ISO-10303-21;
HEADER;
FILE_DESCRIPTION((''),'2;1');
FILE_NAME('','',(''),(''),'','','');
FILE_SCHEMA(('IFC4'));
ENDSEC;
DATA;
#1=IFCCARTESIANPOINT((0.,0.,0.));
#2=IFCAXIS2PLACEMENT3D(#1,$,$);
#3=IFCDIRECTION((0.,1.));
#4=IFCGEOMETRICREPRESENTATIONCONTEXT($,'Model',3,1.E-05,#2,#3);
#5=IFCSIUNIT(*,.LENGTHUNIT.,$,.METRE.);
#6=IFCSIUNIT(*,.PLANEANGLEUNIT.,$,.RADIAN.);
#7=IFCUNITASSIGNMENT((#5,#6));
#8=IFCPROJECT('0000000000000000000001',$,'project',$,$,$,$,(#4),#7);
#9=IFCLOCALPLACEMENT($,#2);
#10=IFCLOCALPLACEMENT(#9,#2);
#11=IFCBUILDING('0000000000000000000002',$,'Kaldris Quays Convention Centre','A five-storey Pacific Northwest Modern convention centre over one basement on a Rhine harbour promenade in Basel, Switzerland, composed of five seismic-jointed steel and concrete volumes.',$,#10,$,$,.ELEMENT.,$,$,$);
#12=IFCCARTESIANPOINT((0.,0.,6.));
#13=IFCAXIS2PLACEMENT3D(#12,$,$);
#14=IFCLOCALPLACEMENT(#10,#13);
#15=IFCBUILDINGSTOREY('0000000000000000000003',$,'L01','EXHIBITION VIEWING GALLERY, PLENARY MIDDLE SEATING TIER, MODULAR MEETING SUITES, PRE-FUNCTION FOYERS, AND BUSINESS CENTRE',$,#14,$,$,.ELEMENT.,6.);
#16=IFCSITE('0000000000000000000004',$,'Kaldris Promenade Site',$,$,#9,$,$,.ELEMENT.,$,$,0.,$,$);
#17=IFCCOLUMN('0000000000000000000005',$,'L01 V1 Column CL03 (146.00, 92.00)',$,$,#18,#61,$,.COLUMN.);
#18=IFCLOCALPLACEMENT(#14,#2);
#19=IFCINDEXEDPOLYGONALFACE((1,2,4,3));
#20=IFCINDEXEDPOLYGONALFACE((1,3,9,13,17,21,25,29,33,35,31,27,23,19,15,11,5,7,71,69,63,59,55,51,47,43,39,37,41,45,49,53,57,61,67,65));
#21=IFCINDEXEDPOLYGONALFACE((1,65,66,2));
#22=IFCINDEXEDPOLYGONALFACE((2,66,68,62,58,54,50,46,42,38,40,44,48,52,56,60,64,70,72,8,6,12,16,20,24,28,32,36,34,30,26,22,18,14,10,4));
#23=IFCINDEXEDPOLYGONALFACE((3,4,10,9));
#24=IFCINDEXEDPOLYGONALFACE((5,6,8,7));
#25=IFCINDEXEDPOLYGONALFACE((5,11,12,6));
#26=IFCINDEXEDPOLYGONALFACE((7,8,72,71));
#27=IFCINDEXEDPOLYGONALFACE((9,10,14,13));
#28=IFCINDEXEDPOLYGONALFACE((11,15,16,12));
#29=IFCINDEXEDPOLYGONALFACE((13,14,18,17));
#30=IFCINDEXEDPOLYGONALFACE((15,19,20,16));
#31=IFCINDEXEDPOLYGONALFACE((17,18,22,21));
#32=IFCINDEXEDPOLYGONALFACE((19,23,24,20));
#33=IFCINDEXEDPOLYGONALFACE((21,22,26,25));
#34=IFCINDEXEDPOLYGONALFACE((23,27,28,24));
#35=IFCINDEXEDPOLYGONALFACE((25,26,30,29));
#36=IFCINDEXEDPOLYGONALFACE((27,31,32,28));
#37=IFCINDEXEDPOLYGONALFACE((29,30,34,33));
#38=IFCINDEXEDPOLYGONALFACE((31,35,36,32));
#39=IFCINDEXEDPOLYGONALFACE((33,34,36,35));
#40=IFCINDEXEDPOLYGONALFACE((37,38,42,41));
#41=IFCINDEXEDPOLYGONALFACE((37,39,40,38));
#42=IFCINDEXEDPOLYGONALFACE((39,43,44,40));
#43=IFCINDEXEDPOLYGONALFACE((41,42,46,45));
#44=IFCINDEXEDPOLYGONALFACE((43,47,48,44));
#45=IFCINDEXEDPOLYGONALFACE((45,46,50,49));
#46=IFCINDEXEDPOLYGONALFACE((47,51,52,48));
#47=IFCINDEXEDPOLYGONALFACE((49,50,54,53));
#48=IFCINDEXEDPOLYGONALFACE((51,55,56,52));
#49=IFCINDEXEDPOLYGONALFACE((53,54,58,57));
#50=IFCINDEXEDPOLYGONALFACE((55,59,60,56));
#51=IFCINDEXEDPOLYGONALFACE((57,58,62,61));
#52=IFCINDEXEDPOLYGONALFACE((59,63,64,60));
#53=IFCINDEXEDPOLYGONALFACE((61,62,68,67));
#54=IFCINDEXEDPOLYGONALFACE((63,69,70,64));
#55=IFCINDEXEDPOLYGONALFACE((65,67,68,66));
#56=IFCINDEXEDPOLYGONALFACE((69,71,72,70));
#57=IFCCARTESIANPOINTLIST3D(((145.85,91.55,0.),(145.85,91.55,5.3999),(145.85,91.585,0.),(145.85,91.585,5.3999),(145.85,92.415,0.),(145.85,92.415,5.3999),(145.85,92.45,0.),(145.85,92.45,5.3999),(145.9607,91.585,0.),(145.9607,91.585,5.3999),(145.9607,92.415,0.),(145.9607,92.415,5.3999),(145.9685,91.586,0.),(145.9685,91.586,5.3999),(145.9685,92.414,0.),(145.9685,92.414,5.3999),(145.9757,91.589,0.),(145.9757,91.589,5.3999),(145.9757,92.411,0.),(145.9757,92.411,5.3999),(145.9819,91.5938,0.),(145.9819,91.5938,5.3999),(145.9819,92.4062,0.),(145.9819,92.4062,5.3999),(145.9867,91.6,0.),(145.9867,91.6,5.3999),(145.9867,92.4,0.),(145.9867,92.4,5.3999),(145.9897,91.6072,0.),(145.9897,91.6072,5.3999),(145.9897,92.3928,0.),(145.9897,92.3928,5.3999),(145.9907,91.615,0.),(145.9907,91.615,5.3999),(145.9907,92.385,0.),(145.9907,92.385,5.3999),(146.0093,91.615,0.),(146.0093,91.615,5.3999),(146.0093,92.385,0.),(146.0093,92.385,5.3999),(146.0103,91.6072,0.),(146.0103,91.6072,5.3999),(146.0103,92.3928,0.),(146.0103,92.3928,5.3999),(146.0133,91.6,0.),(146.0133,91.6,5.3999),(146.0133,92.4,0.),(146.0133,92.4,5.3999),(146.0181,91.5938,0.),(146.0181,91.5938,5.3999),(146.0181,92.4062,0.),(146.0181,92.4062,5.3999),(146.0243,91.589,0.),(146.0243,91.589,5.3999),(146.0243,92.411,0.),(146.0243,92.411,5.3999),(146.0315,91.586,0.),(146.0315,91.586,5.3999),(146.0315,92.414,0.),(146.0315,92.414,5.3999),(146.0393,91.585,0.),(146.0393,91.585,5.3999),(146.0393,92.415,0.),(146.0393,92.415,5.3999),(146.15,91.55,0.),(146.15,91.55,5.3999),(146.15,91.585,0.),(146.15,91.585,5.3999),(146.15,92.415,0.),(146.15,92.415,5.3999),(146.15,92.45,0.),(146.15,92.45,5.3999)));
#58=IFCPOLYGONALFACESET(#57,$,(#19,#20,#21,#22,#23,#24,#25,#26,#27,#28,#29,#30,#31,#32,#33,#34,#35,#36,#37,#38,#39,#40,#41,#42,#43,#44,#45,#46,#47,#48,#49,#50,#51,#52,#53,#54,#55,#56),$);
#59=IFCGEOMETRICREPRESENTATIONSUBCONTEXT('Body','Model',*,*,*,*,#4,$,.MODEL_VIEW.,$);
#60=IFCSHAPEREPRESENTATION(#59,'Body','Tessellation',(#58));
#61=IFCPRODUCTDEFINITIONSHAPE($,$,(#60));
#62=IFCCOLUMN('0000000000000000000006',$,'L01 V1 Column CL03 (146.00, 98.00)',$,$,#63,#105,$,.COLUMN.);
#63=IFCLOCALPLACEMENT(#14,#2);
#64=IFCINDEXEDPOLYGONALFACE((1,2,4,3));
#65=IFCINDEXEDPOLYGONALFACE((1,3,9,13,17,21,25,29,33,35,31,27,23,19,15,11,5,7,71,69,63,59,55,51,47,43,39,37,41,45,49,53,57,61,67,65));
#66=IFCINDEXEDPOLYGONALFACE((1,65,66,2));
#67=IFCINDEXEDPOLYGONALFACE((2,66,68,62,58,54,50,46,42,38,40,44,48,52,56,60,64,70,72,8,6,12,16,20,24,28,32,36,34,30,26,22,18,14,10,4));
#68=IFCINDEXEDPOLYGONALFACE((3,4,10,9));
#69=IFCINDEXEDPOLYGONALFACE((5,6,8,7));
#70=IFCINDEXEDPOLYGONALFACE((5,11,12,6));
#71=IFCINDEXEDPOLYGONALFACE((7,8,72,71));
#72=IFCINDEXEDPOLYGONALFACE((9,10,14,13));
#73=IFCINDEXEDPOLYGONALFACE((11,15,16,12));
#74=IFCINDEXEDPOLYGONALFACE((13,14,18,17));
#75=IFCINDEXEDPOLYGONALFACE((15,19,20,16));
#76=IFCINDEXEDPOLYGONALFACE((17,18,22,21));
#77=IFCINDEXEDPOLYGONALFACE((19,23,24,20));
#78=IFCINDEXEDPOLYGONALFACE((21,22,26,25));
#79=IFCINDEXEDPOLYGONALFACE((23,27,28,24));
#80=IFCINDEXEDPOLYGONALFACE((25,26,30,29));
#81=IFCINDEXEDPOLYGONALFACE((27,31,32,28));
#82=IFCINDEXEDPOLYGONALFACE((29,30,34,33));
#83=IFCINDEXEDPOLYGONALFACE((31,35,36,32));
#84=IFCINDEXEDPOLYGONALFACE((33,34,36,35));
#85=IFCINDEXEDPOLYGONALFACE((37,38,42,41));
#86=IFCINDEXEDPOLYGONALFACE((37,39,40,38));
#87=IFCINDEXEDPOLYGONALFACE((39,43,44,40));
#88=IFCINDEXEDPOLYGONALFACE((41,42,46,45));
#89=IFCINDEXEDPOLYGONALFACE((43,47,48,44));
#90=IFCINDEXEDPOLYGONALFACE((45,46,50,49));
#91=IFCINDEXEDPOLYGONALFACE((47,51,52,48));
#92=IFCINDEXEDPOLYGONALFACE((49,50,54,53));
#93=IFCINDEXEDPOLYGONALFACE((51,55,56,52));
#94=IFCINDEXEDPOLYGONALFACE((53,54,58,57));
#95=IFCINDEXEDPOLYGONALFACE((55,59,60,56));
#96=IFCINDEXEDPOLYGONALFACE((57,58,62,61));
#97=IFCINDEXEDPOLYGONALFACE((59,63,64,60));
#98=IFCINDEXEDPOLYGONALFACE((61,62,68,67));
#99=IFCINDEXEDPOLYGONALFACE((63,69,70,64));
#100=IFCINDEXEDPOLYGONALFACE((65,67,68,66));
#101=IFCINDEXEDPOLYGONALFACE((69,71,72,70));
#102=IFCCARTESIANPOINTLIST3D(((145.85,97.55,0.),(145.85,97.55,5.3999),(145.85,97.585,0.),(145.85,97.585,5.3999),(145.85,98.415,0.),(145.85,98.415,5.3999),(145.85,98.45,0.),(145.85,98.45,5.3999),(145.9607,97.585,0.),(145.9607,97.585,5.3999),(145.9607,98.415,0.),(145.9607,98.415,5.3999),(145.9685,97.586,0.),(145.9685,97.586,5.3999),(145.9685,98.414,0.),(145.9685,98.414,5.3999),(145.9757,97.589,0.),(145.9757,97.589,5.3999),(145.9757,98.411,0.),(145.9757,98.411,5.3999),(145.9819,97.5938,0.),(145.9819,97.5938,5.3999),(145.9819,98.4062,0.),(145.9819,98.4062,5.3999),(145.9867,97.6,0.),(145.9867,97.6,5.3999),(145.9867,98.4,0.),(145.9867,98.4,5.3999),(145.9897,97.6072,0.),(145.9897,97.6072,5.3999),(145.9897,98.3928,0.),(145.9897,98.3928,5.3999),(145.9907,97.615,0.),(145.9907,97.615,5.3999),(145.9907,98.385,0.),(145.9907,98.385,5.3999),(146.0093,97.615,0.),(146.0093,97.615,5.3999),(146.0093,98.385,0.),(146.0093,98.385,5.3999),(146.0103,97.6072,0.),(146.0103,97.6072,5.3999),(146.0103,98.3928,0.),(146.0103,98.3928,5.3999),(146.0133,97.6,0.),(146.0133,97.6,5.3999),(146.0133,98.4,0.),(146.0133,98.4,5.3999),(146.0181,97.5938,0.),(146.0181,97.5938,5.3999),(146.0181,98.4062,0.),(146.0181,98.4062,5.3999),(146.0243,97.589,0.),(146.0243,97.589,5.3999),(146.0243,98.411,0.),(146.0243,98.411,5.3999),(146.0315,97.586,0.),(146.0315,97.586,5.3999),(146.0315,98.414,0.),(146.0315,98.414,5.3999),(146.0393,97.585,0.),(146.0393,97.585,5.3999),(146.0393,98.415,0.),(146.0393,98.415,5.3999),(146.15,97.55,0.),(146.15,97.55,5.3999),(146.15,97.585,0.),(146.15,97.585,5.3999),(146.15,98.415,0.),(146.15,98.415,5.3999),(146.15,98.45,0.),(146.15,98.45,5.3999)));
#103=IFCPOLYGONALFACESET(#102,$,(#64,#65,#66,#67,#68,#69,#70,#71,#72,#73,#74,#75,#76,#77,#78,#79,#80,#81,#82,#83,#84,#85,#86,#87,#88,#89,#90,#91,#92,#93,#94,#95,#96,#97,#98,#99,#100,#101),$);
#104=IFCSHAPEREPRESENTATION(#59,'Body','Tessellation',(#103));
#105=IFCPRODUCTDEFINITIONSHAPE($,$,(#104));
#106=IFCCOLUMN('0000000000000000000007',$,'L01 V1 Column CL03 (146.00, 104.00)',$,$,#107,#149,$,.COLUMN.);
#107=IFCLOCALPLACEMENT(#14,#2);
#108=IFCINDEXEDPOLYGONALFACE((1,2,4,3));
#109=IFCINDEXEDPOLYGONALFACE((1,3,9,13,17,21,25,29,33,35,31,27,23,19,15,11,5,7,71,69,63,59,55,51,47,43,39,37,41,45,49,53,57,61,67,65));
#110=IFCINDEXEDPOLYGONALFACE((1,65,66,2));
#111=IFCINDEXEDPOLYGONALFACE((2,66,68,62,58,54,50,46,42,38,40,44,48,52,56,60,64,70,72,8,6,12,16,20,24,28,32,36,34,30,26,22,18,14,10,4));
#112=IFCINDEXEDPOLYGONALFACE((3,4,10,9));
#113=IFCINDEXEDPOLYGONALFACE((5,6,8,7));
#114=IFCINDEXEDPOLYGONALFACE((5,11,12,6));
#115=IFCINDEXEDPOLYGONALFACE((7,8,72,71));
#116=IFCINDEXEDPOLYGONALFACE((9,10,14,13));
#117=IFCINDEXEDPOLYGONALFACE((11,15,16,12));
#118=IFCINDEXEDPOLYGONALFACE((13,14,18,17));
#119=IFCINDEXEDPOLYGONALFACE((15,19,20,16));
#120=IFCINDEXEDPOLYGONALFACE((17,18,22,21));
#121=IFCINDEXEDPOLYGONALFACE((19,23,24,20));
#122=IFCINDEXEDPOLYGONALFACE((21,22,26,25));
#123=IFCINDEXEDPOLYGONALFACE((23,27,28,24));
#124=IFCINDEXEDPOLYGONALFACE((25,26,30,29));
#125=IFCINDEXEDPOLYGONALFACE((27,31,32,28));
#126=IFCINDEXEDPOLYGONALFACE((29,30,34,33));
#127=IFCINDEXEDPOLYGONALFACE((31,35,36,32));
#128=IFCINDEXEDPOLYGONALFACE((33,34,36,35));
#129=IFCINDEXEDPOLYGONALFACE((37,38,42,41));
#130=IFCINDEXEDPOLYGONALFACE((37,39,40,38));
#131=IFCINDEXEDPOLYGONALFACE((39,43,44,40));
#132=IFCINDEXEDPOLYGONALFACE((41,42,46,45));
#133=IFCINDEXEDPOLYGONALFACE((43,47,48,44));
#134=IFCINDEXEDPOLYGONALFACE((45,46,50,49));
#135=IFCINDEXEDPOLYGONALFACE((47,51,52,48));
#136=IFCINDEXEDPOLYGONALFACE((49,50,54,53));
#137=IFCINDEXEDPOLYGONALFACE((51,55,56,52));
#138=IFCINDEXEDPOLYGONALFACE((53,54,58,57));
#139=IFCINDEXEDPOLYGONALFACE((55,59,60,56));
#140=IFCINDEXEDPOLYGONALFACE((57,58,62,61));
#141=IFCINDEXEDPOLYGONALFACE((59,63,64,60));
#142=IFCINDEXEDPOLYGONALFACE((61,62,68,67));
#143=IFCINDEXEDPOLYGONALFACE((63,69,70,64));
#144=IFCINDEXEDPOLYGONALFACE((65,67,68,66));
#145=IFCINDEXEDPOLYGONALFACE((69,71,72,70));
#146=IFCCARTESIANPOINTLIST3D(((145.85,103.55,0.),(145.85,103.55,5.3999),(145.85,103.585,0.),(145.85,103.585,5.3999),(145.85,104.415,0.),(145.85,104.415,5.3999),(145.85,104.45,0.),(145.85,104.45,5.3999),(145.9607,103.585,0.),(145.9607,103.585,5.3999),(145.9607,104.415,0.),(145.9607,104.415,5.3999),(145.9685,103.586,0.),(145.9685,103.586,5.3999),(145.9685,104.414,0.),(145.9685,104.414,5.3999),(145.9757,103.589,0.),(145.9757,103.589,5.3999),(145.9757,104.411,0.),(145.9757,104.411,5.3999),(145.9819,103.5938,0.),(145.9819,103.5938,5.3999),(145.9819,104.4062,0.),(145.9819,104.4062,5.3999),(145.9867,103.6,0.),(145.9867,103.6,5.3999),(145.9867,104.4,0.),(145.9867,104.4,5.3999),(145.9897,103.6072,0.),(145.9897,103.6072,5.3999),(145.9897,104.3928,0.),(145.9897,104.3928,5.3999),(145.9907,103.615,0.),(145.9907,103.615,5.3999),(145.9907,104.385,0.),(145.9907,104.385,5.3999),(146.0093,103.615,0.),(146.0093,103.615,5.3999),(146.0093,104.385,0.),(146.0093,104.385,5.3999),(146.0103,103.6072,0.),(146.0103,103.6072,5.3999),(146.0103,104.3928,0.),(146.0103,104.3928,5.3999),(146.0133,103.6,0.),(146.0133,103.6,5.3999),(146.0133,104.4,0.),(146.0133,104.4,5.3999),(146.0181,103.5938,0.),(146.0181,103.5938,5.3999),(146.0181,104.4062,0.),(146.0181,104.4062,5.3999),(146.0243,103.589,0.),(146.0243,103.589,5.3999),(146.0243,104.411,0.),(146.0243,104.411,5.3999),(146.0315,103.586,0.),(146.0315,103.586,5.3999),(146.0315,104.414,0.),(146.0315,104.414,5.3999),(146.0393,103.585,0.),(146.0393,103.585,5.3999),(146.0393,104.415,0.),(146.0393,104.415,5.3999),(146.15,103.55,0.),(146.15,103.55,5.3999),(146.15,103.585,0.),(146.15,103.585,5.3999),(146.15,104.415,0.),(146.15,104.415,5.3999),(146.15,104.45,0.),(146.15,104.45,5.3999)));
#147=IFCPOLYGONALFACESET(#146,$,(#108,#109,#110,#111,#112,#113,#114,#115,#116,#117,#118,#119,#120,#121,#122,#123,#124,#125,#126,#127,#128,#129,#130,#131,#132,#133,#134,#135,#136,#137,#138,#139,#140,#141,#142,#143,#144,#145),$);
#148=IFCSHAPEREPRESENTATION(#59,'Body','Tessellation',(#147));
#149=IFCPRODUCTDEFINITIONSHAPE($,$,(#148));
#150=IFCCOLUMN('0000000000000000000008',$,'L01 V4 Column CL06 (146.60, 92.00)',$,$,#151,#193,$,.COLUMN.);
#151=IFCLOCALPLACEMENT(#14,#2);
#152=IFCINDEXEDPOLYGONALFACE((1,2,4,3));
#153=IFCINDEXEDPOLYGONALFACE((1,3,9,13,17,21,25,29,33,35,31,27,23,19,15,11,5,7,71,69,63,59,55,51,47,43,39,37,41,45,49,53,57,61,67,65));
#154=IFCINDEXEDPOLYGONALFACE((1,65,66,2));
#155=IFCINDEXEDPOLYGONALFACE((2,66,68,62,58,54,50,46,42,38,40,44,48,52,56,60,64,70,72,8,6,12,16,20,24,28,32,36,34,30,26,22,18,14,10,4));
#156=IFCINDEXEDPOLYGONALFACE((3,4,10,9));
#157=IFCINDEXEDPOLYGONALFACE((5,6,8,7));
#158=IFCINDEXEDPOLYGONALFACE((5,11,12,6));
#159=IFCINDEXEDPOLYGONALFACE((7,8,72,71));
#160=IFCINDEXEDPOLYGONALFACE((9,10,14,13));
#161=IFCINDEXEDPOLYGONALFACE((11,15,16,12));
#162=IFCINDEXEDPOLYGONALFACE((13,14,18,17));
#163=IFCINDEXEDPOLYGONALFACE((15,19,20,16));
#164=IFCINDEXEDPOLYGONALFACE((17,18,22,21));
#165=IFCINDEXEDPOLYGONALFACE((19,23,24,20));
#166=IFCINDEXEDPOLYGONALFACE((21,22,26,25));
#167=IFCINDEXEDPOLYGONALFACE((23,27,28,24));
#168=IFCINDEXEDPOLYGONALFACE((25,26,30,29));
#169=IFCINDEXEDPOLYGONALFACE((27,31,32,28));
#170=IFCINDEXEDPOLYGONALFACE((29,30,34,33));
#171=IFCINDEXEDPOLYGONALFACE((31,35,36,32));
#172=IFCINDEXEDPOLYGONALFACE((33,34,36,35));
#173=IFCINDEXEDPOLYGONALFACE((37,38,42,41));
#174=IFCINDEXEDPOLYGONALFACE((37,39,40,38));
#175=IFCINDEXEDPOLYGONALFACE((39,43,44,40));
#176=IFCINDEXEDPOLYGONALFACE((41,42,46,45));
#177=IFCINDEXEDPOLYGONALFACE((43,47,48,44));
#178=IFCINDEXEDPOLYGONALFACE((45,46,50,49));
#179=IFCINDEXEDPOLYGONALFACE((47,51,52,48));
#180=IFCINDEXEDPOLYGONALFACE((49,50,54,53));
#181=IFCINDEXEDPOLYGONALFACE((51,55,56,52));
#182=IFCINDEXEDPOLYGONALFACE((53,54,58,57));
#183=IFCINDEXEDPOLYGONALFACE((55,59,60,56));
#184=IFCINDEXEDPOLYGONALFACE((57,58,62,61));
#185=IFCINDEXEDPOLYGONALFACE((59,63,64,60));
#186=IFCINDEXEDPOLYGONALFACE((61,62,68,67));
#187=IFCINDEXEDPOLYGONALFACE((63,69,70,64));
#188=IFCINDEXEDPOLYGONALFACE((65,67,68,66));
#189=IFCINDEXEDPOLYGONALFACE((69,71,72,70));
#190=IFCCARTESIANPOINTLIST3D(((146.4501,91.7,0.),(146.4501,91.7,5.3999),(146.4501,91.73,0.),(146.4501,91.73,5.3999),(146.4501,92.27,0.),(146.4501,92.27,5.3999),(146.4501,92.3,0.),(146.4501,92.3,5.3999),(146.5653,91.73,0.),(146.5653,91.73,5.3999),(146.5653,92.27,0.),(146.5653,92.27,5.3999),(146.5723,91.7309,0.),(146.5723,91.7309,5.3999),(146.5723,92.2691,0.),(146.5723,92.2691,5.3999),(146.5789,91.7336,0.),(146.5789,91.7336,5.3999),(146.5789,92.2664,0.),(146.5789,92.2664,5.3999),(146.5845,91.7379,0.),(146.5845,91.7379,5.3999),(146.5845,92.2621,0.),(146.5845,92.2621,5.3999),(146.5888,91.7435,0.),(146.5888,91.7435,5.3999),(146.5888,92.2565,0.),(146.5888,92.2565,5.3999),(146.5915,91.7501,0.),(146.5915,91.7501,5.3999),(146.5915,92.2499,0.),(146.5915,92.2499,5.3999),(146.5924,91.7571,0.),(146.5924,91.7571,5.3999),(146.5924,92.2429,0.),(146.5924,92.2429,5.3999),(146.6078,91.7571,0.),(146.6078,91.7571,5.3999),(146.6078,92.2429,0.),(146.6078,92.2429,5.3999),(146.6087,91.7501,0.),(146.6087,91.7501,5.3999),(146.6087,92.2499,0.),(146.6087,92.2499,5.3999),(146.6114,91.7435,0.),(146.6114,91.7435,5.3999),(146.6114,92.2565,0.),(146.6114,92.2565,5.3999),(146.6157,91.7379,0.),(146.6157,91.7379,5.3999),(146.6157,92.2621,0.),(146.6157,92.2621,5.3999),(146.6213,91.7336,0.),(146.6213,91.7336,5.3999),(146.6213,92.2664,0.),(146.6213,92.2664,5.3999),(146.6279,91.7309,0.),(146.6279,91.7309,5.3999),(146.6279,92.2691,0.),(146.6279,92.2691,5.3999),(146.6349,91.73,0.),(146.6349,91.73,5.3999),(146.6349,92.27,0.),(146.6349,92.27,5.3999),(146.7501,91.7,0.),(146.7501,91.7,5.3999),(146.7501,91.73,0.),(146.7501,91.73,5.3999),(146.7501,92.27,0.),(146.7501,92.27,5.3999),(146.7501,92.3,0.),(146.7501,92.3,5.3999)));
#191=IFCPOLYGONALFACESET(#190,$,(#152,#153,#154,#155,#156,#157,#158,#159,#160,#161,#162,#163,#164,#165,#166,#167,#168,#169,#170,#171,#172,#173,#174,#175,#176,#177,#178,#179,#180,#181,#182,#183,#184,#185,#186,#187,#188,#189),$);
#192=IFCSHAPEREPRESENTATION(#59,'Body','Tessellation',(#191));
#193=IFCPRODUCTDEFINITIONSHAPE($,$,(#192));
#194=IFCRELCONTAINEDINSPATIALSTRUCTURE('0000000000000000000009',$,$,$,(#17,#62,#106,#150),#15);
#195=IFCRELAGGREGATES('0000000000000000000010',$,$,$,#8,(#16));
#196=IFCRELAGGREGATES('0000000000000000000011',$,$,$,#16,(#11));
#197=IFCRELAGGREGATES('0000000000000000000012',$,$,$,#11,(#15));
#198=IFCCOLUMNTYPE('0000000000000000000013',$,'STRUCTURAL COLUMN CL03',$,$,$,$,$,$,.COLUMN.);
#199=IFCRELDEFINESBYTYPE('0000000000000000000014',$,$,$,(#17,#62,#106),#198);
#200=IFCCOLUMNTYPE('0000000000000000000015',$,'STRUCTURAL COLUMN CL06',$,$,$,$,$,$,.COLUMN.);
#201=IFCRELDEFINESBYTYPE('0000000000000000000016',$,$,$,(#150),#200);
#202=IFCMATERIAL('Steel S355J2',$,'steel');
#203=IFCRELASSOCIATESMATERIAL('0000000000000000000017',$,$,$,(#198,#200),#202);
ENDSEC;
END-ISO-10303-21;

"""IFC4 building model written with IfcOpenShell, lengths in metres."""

from ifc_helpers import new_model, si_unit, direction, frame, origin, origin_2d, place, context, subcontext, project, spatial, i_section, extrude, material, material_profile, profile_set, type_object, element, save


model = new_model("IFC4")

# Units and contexts
model_context = context("Model", 3, precision=1e-05, world=origin(), true_north=direction((0.0, 1.0)))
body_context = subcontext(model_context, "Body", "Model", "MODEL_VIEW")
ifc_project = project(units=[si_unit("LENGTHUNIT", "METRE"), si_unit("PLANEANGLEUNIT", "RADIAN")], contexts=[model_context])

# Site, building, storey
site_placement = place(None, origin())
site = spatial("IfcSite", under=ifc_project, at=site_placement, Name="Kaldris Promenade Site", CompositionType="ELEMENT", RefElevation=0.0)
building_placement = place(site_placement, origin())
building = spatial("IfcBuilding", under=site, at=building_placement, Name="Kaldris Quays Convention Centre", Description="A five-storey Pacific Northwest Modern convention centre over one basement on a Rhine harbour promenade in Basel, Switzerland, composed of five seismic-jointed steel and concrete volumes.", CompositionType="ELEMENT")
storey_placement = place(building_placement, frame((0.0, 0.0, 6.0)))
storey = spatial("IfcBuildingStorey", under=building, at=storey_placement, Name="L01", Description="EXHIBITION VIEWING GALLERY, PLENARY MIDDLE SEATING TIER, MODULAR MEETING SUITES, PRE-FUNCTION FOYERS, AND BUSINESS CENTRE", CompositionType="ELEMENT", Elevation=6.0)

# Columns
ifc_material_1 = material(Name="Steel S355J2", Category="steel")
ifc_material_profile_1 = material_profile(ifc_material_1, i_section(OverallWidth=0.3, OverallDepth=0.8999, WebThickness=0.0186, FlangeThickness=0.0349, FilletRadius=0.03, at=origin_2d()), Name="HEB 900")
ifc_profile_set_1 = profile_set([ifc_material_profile_1], Name="Steel S355J2")
column_type_1 = type_object("IfcColumnType", Name="STRUCTURAL COLUMN CL03", PredefinedType="COLUMN", material=ifc_profile_set_1)
for number, where, z_axis, x_axis, name in (
    (1, (146.0, 92.0, 0.0), (0.0, 0.0, 1.0), (1.0, 0.0, 0.0), "L01 V1 Column CL03 (146.00, 92.00)"),
    (2, (146.0, 98.0, 0.0), (0.0, 0.0, 1.0), (1.0, 0.0, 0.0), "L01 V1 Column CL03 (146.00, 98.00)"),
    (3, (146.0, 104.0, 0.0), (0.0, 0.0, 1.0), (1.0, 0.0, 0.0), "L01 V1 Column CL03 (146.00, 104.00)"),
):
    element("IfcColumn", number, at=place(storey_placement, frame(where, z_axis=z_axis, x_axis=x_axis)), inside=storey, type_object=column_type_1, Name=name, PredefinedType="COLUMN", context=body_context, shape_type="SweptSolid", body=[
        extrude(i_section(OverallWidth=0.3, OverallDepth=0.8999, WebThickness=0.0186, FlangeThickness=0.0349, FilletRadius=0.03, at=origin_2d()), origin(), (0.0, 0.0, 1.0), 5.3999),
    ])
ifc_material_profile_2 = material_profile(ifc_material_1, i_section(OverallWidth=0.3, OverallDepth=0.6001, WebThickness=0.0154, FlangeThickness=0.03, FilletRadius=0.0271, at=origin_2d()), Name="HEB 600")
ifc_profile_set_2 = profile_set([ifc_material_profile_2], Name="Steel S355J2")
column_type_2 = type_object("IfcColumnType", Name="STRUCTURAL COLUMN CL06", PredefinedType="COLUMN", material=ifc_profile_set_2)
for number, where, z_axis, x_axis, name in (
    (4, (146.6001, 92.0, 0.0), (0.0, 0.0, 1.0), (1.0, 0.0, 0.0), "L01 V4 Column CL06 (146.60, 92.00)"),
):
    element("IfcColumn", number, at=place(storey_placement, frame(where, z_axis=z_axis, x_axis=x_axis)), inside=storey, type_object=column_type_2, Name=name, PredefinedType="COLUMN", context=body_context, shape_type="SweptSolid", body=[
        extrude(i_section(OverallWidth=0.3, OverallDepth=0.6001, WebThickness=0.0154, FlangeThickness=0.03, FilletRadius=0.0271, at=origin_2d()), origin(), (0.0, 0.0, 1.0), 5.3999),
    ])

save(model, "model.ifc")
